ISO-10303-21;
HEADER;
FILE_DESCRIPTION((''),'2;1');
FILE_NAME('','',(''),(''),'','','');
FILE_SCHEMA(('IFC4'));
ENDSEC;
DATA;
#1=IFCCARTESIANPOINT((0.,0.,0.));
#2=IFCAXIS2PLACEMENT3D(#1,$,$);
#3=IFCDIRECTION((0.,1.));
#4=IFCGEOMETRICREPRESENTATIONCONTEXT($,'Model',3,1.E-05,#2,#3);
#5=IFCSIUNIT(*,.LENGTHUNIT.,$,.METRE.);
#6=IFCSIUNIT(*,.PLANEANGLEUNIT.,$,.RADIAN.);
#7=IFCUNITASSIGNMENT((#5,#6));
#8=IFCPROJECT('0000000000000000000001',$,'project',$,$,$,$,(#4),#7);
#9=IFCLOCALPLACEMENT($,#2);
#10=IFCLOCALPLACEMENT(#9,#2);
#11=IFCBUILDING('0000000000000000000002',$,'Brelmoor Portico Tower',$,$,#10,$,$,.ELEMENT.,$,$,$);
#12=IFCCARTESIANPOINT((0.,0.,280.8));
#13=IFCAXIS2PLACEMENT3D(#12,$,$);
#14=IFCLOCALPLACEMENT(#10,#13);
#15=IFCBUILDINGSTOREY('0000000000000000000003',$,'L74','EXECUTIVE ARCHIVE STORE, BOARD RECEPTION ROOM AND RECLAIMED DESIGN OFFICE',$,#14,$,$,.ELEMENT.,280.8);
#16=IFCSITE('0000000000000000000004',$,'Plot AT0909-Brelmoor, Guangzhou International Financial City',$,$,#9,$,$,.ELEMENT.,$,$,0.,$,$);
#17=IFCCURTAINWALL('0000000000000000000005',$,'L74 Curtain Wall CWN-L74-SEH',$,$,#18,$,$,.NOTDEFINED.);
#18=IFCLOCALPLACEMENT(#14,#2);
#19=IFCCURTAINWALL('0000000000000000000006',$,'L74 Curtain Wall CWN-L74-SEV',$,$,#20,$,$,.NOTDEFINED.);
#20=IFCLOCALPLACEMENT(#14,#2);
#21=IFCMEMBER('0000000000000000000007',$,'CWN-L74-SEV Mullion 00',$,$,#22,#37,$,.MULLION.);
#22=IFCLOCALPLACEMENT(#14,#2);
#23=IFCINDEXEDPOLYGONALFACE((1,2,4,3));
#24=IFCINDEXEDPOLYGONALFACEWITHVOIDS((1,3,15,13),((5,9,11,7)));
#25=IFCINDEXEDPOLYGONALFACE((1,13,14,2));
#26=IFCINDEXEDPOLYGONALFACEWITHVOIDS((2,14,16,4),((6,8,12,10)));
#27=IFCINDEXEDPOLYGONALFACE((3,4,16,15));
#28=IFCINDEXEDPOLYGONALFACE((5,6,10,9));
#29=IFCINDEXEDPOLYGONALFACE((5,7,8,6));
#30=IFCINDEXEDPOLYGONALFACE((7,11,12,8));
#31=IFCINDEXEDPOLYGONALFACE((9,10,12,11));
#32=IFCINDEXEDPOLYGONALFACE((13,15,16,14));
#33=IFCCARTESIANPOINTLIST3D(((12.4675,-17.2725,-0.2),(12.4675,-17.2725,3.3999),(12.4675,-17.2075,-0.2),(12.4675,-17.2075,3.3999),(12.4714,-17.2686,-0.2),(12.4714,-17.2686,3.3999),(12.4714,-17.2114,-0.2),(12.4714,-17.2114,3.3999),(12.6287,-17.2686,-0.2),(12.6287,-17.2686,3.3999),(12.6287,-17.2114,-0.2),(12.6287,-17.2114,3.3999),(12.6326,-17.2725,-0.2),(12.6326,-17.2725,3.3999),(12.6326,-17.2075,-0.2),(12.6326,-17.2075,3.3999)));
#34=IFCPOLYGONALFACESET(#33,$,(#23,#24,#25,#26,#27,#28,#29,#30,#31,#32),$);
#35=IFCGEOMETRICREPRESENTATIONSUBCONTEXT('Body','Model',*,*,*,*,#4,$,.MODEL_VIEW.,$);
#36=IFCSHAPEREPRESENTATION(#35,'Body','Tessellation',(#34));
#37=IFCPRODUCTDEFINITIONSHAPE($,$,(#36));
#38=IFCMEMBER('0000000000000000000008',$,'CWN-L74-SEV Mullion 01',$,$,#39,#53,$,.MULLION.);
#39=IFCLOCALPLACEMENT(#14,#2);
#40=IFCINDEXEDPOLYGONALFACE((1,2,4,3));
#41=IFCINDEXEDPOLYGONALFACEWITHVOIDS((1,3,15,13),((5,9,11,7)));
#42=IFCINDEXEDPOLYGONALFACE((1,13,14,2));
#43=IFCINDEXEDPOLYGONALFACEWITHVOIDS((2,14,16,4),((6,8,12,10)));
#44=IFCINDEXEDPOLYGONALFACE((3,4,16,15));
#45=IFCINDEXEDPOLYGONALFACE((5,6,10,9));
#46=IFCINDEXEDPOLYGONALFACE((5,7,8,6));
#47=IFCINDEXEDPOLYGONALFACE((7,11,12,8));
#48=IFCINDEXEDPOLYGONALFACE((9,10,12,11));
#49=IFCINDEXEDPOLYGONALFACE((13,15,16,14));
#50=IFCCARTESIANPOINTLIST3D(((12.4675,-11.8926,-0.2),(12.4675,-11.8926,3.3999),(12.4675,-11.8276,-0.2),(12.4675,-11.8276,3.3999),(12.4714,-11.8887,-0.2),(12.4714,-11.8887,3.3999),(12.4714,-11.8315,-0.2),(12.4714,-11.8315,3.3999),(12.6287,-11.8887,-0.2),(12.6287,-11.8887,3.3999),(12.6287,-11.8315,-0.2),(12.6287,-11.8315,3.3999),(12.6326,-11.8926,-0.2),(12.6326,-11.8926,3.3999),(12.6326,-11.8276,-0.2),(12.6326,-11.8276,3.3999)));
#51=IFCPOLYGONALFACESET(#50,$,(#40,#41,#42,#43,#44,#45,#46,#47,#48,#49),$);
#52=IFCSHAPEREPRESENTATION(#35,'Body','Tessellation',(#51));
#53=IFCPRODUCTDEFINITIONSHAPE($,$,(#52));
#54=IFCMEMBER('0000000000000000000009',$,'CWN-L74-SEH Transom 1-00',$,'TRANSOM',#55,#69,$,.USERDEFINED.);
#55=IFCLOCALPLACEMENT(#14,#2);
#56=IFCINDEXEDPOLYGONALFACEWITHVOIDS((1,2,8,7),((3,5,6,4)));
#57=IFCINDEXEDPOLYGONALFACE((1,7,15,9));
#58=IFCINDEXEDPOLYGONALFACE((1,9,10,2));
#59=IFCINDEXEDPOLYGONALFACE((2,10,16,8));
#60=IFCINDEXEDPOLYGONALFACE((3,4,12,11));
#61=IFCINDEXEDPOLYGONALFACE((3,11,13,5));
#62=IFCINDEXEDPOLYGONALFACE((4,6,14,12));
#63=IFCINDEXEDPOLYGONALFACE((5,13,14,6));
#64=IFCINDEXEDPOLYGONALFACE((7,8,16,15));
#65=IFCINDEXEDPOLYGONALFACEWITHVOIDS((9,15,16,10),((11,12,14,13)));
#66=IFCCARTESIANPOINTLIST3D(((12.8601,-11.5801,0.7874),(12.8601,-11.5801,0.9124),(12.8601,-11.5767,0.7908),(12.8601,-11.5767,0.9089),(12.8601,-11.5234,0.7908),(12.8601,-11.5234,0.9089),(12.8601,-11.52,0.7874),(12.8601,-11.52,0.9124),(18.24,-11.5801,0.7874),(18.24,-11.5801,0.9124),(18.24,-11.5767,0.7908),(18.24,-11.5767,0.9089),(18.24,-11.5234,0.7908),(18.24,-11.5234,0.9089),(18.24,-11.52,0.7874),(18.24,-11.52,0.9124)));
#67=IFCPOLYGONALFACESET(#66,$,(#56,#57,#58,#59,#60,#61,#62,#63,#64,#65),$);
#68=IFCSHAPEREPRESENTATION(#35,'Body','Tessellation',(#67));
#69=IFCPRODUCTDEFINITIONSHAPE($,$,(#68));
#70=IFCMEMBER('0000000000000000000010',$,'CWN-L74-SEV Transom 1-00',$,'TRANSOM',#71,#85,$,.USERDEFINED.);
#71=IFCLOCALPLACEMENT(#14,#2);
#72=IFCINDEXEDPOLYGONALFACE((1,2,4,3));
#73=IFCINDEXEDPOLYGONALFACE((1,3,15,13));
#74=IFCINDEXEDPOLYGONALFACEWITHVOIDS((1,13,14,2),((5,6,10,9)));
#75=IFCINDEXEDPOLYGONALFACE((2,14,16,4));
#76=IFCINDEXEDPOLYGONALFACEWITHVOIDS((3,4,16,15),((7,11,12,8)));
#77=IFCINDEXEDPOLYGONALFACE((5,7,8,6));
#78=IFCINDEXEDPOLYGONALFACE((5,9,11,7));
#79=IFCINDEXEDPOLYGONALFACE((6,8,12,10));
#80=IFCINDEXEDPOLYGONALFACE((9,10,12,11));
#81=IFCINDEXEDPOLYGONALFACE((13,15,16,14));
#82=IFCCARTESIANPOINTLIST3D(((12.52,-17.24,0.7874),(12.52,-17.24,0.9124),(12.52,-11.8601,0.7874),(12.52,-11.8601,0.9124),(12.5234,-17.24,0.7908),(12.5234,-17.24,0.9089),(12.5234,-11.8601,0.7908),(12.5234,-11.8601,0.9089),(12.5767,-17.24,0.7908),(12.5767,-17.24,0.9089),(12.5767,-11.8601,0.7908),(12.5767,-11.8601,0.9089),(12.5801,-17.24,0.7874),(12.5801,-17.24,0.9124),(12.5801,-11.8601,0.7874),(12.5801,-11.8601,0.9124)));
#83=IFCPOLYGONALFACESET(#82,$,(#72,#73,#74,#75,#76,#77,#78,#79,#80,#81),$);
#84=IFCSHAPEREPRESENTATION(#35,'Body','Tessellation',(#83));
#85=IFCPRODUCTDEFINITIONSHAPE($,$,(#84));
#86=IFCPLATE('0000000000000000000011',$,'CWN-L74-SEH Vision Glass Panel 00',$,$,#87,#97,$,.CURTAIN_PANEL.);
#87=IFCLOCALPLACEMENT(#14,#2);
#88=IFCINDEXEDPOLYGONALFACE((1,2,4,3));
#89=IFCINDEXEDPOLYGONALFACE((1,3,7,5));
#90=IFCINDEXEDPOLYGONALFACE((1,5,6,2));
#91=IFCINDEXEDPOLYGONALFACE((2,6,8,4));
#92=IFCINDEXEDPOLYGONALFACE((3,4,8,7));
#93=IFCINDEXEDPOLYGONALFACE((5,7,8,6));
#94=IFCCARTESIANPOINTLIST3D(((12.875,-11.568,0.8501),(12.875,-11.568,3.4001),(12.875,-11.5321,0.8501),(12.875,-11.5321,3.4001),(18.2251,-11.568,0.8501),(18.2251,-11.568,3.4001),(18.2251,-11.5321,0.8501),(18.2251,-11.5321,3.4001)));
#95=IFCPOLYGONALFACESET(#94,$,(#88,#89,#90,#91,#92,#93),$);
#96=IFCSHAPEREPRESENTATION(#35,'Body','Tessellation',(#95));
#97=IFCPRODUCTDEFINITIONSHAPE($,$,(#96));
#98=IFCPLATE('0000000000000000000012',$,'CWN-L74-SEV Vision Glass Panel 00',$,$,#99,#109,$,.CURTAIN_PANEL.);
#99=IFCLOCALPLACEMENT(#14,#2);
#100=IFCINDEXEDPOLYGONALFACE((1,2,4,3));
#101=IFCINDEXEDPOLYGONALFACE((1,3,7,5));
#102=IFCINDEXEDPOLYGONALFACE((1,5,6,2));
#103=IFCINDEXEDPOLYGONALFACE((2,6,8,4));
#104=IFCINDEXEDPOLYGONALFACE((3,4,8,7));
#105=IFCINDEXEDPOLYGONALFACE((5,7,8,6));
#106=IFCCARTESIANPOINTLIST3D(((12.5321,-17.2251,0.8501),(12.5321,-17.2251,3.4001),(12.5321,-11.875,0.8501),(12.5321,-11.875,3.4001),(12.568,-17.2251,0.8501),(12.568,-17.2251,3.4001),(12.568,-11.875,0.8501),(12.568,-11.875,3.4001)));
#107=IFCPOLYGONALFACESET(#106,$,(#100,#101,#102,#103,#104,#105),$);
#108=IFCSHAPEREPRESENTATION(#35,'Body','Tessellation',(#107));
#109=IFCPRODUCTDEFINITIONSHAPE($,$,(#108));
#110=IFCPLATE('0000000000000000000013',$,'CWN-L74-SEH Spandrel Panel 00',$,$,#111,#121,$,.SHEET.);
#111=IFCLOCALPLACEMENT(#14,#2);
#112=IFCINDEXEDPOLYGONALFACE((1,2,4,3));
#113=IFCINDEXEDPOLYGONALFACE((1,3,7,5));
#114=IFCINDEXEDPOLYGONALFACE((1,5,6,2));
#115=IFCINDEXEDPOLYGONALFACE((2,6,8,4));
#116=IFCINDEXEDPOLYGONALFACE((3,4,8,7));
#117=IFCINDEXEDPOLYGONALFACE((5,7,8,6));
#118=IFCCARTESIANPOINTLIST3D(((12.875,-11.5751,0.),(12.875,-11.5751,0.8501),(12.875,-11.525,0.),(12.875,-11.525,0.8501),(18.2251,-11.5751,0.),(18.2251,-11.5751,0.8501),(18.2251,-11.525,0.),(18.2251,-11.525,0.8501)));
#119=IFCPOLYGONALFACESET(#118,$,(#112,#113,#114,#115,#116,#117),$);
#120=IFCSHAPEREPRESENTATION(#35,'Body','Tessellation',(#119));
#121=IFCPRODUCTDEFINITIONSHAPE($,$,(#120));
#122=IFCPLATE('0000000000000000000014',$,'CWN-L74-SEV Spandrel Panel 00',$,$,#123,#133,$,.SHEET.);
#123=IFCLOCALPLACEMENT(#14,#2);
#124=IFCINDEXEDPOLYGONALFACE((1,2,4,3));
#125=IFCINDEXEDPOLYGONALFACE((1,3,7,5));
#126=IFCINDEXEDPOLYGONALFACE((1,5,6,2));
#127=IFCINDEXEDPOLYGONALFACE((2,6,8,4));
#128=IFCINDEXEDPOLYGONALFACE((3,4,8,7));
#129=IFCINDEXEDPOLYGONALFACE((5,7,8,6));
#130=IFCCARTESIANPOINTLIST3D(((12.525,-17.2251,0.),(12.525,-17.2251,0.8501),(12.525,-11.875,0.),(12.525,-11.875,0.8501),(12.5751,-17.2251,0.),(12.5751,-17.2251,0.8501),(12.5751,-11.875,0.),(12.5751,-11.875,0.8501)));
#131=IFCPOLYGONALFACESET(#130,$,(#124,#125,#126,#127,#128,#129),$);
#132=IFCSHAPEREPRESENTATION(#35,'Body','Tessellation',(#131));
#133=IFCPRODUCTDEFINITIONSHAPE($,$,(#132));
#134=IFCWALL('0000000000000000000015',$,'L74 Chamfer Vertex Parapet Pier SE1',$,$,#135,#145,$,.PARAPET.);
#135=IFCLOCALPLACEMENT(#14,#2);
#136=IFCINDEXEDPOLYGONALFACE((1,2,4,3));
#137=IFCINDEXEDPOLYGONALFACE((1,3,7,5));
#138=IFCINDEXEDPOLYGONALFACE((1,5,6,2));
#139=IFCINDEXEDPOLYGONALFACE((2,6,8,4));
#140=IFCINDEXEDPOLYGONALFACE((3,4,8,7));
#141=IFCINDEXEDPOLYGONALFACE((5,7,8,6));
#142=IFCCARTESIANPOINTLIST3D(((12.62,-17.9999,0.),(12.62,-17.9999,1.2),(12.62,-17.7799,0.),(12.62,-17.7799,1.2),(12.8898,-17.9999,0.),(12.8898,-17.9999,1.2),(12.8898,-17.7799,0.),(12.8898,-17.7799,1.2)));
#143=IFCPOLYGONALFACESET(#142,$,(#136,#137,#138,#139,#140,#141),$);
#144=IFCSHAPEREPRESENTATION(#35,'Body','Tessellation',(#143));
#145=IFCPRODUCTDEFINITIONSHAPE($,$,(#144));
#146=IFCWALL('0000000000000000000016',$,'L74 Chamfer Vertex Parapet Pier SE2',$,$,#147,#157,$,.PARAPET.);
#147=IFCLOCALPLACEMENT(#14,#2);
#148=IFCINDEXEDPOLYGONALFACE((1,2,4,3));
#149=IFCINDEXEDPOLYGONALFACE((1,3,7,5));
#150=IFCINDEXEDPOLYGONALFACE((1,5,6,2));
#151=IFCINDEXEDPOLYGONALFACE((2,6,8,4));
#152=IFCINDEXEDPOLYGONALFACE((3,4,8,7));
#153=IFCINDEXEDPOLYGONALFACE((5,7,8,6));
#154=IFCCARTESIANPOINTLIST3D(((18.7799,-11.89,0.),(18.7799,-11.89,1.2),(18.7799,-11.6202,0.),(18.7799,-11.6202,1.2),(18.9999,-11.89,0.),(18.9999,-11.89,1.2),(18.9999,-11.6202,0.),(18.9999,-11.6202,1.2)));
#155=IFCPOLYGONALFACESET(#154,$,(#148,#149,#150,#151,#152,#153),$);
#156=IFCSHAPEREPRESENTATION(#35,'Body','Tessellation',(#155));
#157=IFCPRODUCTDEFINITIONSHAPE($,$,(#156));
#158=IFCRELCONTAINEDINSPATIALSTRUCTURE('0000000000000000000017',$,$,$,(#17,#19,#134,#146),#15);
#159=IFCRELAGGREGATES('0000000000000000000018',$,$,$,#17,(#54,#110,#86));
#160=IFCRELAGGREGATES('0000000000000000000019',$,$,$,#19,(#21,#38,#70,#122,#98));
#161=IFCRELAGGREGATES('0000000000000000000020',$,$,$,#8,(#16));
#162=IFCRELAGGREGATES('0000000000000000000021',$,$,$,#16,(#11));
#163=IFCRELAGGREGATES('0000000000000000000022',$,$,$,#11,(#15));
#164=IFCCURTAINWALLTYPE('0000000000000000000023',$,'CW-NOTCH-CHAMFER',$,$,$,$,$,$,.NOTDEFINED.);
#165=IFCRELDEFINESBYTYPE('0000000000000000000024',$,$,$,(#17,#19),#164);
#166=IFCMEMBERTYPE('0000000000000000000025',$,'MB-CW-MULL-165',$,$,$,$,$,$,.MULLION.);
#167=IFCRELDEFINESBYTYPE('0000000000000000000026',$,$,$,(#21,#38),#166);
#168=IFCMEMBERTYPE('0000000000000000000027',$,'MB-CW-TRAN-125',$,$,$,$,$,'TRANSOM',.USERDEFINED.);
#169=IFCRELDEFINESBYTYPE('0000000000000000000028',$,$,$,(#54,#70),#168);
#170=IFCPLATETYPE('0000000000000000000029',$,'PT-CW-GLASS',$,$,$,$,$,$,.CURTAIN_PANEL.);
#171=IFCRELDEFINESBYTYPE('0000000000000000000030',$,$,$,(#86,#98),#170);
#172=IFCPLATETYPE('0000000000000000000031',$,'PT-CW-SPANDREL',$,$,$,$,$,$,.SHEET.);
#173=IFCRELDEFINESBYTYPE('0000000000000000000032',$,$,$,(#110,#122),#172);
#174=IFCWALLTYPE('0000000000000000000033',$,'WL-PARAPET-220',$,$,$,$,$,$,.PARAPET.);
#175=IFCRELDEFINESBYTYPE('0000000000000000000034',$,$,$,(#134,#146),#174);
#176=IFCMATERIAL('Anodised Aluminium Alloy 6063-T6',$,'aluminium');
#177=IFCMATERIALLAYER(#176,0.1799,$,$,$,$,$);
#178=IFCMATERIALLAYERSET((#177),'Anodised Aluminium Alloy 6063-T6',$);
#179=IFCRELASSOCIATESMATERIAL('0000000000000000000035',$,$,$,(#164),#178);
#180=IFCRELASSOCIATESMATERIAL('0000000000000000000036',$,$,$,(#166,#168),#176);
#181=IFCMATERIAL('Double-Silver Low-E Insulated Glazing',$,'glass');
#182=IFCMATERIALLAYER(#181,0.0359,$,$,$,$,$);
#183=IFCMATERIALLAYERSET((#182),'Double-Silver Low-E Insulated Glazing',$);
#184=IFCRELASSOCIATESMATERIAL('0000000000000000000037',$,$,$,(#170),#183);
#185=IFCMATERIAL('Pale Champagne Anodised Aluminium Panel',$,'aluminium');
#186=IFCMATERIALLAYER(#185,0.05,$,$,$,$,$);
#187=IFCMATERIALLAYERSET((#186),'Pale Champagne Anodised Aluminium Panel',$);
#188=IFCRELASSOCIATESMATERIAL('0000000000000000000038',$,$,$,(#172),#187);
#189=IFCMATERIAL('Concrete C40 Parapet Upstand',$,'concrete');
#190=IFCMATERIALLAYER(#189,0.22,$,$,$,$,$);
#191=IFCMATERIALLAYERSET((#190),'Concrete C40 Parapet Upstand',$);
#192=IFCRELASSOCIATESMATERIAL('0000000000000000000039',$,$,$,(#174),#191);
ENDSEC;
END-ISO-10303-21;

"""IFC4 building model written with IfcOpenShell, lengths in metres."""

from ifc_helpers import new_model, si_unit, direction, frame, frame_2d, origin, origin_2d, place, context, subcontext, project, spatial, rectangle, hollow_rectangle, extrude, material, layer, layer_set, material_profile, profile_set, type_object, element, aggregate, save


model = new_model("IFC4")

# Units and contexts
model_context = context("Model", 3, precision=1e-05, world=origin(), true_north=direction((0.0, 1.0)))
body_context = subcontext(model_context, "Body", "Model", "MODEL_VIEW")
ifc_project = project(units=[si_unit("LENGTHUNIT", "METRE"), si_unit("PLANEANGLEUNIT", "RADIAN")], contexts=[model_context])

# Site, building, storey
site_placement = place(None, origin())
site = spatial("IfcSite", under=ifc_project, at=site_placement, Name="Plot AT0909-Brelmoor, Guangzhou International Financial City", CompositionType="ELEMENT", RefElevation=0.0)
building_placement = place(site_placement, origin())
building = spatial("IfcBuilding", under=site, at=building_placement, Name="Brelmoor Portico Tower", CompositionType="ELEMENT")
storey_placement = place(building_placement, frame((0.0, 0.0, 280.8)))
storey = spatial("IfcBuildingStorey", under=building, at=storey_placement, Name="L74", Description="EXECUTIVE ARCHIVE STORE, BOARD RECEPTION ROOM AND RECLAIMED DESIGN OFFICE", CompositionType="ELEMENT", Elevation=280.8)

# Shared definitions
ifc_material_1 = material(Name="Anodised Aluminium Alloy 6063-T6", Category="aluminium")

# Curtain walls, members
ifc_layer_1 = layer(ifc_material_1, 0.1799)
ifc_layer_set_1 = layer_set([ifc_layer_1], Name="Anodised Aluminium Alloy 6063-T6")
curtain_wall_type_1 = type_object("IfcCurtainWallType", Name="CW-NOTCH-CHAMFER", PredefinedType="NOTDEFINED", material=ifc_layer_set_1)
curtain_wall_1_placement = place(storey_placement, origin())
curtain_wall_1 = element("IfcCurtainWall", 1, at=curtain_wall_1_placement, inside=storey, type_object=curtain_wall_type_1, Name="L74 Curtain Wall CWN-L74-SEH", PredefinedType="NOTDEFINED")
ifc_material_profile_1 = material_profile(ifc_material_1, hollow_rectangle(XDim=0.0649, YDim=0.165, WallThickness=0.0039, at=origin_2d()), Name="ALU MULLION 65x165")
ifc_profile_set_1 = profile_set([ifc_material_profile_1], Name="Anodised Aluminium Alloy 6063-T6")
member_type_1 = type_object("IfcMemberType", Name="MB-CW-MULL-165", PredefinedType="MULLION", material=ifc_profile_set_1)
curtain_wall_2_placement = place(storey_placement, origin())
curtain_wall_2 = element("IfcCurtainWall", 2, at=curtain_wall_2_placement, inside=storey, type_object=curtain_wall_type_1, Name="L74 Curtain Wall CWN-L74-SEV", PredefinedType="NOTDEFINED")
member_1_placement = place(storey_placement, frame((12.55, -17.24, -0.2), z_axis=(0.0, 0.0, 1.0), x_axis=(0.0, 1.0, 0.0)))
member_1 = element("IfcMember", 3, at=member_1_placement, type_object=member_type_1, Name="CWN-L74-SEV Mullion 00", PredefinedType="MULLION", context=body_context, shape_type="SweptSolid", body=[
    extrude(hollow_rectangle(XDim=0.0649, YDim=0.165, WallThickness=0.0039, at=origin_2d()), origin(), (0.0, 0.0, 1.0), 3.5999),
])
member_2_placement = place(storey_placement, frame((12.55, -11.8601, -0.2), z_axis=(0.0, 0.0, 1.0), x_axis=(0.0, 1.0, 0.0)))
member_2 = element("IfcMember", 4, at=member_2_placement, type_object=member_type_1, Name="CWN-L74-SEV Mullion 01", PredefinedType="MULLION", context=body_context, shape_type="SweptSolid", body=[
    extrude(hollow_rectangle(XDim=0.0649, YDim=0.165, WallThickness=0.0039, at=origin_2d()), origin(), (0.0, 0.0, 1.0), 3.5999),
])

# Members
ifc_material_profile_2 = material_profile(ifc_material_1, hollow_rectangle(XDim=0.0601, YDim=0.125, WallThickness=0.0034, at=origin_2d()), Name="ALU TRANSOM 60x125")
ifc_profile_set_2 = profile_set([ifc_material_profile_2], Name="Anodised Aluminium Alloy 6063-T6")
member_type_2 = type_object("IfcMemberType", Name="MB-CW-TRAN-125", ElementType="TRANSOM", PredefinedType="USERDEFINED", material=ifc_profile_set_2)
member_3_placement = place(storey_placement, frame((12.8601, -11.55, 0.8499), z_axis=(1.0, 0.0, 0.0), x_axis=(0.0, 1.0, 0.0)))
member_3 = element("IfcMember", 5, at=member_3_placement, type_object=member_type_2, Name="CWN-L74-SEH Transom 1-00", ObjectType="TRANSOM", PredefinedType="USERDEFINED", context=body_context, shape_type="SweptSolid", body=[
    extrude(hollow_rectangle(XDim=0.0601, YDim=0.125, WallThickness=0.0034, at=origin_2d()), origin(), (0.0, 0.0, 1.0), 5.3799),
])
member_4_placement = place(storey_placement, frame((12.55, -17.24, 0.8499), z_axis=(0.0, 1.0, 0.0), x_axis=(-1.0, 0.0, 0.0)))
member_4 = element("IfcMember", 6, at=member_4_placement, type_object=member_type_2, Name="CWN-L74-SEV Transom 1-00", ObjectType="TRANSOM", PredefinedType="USERDEFINED", context=body_context, shape_type="SweptSolid", body=[
    extrude(hollow_rectangle(XDim=0.0601, YDim=0.125, WallThickness=0.0034, at=origin_2d()), origin(), (0.0, 0.0, 1.0), 5.3799),
])

# Plates
ifc_material_2 = material(Name="Double-Silver Low-E Insulated Glazing", Category="glass")
ifc_layer_2 = layer(ifc_material_2, 0.0359)
ifc_layer_set_2 = layer_set([ifc_layer_2], Name="Double-Silver Low-E Insulated Glazing")
plate_type_1 = type_object("IfcPlateType", Name="PT-CW-GLASS", PredefinedType="CURTAIN_PANEL", material=ifc_layer_set_2)
plate_1_placement = place(storey_placement, frame((15.55, -11.55, 0.8501), z_axis=(0.0, 0.0, 1.0), x_axis=(1.0, 0.0, 0.0)))
plate_1 = element("IfcPlate", 7, at=plate_1_placement, type_object=plate_type_1, Name="CWN-L74-SEH Vision Glass Panel 00", PredefinedType="CURTAIN_PANEL", context=body_context, shape_type="SweptSolid", body=[
    extrude(rectangle(XDim=5.3501, YDim=0.0359, at=origin_2d()), origin(), (0.0, 0.0, 1.0), 2.55),
])
plate_2_placement = place(storey_placement, frame((12.55, -14.55, 0.8501), z_axis=(0.0, 0.0, 1.0), x_axis=(0.0, 1.0, 0.0)))
plate_2 = element("IfcPlate", 8, at=plate_2_placement, type_object=plate_type_1, Name="CWN-L74-SEV Vision Glass Panel 00", PredefinedType="CURTAIN_PANEL", context=body_context, shape_type="SweptSolid", body=[
    extrude(rectangle(XDim=5.3501, YDim=0.0359, at=origin_2d()), origin(), (0.0, 0.0, 1.0), 2.55),
])
ifc_material_3 = material(Name="Pale Champagne Anodised Aluminium Panel", Category="aluminium")
ifc_layer_3 = layer(ifc_material_3, 0.05)
ifc_layer_set_3 = layer_set([ifc_layer_3], Name="Pale Champagne Anodised Aluminium Panel")
plate_type_2 = type_object("IfcPlateType", Name="PT-CW-SPANDREL", PredefinedType="SHEET", material=ifc_layer_set_3)
plate_3_placement = place(storey_placement, frame((15.55, -11.55, 0.0), z_axis=(0.0, 0.0, 1.0), x_axis=(1.0, 0.0, 0.0)))
plate_3 = element("IfcPlate", 9, at=plate_3_placement, type_object=plate_type_2, Name="CWN-L74-SEH Spandrel Panel 00", PredefinedType="SHEET", context=body_context, shape_type="SweptSolid", body=[
    extrude(rectangle(XDim=5.3501, YDim=0.05, at=origin_2d()), origin(), (0.0, 0.0, 1.0), 0.8501),
])
aggregate(curtain_wall_1, [member_3, plate_3, plate_1])
plate_4_placement = place(storey_placement, frame((12.55, -14.55, 0.0), z_axis=(0.0, 0.0, 1.0), x_axis=(0.0, 1.0, 0.0)))
plate_4 = element("IfcPlate", 10, at=plate_4_placement, type_object=plate_type_2, Name="CWN-L74-SEV Spandrel Panel 00", PredefinedType="SHEET", context=body_context, shape_type="SweptSolid", body=[
    extrude(rectangle(XDim=5.3501, YDim=0.05, at=origin_2d()), origin(), (0.0, 0.0, 1.0), 0.8501),
])
aggregate(curtain_wall_2, [member_1, member_2, member_4, plate_4, plate_2])

# Walls
ifc_material_4 = material(Name="Concrete C40 Parapet Upstand", Category="concrete")
ifc_layer_4 = layer(ifc_material_4, 0.22)
ifc_layer_set_4 = layer_set([ifc_layer_4], Name="Concrete C40 Parapet Upstand")
wall_type = type_object("IfcWallType", Name="WL-PARAPET-220", PredefinedType="PARAPET", material=ifc_layer_set_4)
for number, where, z_axis, x_axis, name in (
    (11, (12.6201, -17.8899, 0.0), (0.0, 0.0, 1.0), (1.0, 0.0, 0.0), "L74 Chamfer Vertex Parapet Pier SE1"),
    (12, (18.8899, -11.8899, 0.0), (0.0, 0.0, 1.0), (0.0, 1.0, 0.0), "L74 Chamfer Vertex Parapet Pier SE2"),
):
    element("IfcWall", number, at=place(storey_placement, frame(where, z_axis=z_axis, x_axis=x_axis)), inside=storey, type_object=wall_type, Name=name, PredefinedType="PARAPET", context=body_context, shape_type="SweptSolid", body=[
        extrude(rectangle(XDim=0.2698, YDim=0.22, at=frame_2d((0.1348, 0.0))), origin(), (0.0, 0.0, 1.0), 1.2),
    ])

save(model, "model.ifc")
